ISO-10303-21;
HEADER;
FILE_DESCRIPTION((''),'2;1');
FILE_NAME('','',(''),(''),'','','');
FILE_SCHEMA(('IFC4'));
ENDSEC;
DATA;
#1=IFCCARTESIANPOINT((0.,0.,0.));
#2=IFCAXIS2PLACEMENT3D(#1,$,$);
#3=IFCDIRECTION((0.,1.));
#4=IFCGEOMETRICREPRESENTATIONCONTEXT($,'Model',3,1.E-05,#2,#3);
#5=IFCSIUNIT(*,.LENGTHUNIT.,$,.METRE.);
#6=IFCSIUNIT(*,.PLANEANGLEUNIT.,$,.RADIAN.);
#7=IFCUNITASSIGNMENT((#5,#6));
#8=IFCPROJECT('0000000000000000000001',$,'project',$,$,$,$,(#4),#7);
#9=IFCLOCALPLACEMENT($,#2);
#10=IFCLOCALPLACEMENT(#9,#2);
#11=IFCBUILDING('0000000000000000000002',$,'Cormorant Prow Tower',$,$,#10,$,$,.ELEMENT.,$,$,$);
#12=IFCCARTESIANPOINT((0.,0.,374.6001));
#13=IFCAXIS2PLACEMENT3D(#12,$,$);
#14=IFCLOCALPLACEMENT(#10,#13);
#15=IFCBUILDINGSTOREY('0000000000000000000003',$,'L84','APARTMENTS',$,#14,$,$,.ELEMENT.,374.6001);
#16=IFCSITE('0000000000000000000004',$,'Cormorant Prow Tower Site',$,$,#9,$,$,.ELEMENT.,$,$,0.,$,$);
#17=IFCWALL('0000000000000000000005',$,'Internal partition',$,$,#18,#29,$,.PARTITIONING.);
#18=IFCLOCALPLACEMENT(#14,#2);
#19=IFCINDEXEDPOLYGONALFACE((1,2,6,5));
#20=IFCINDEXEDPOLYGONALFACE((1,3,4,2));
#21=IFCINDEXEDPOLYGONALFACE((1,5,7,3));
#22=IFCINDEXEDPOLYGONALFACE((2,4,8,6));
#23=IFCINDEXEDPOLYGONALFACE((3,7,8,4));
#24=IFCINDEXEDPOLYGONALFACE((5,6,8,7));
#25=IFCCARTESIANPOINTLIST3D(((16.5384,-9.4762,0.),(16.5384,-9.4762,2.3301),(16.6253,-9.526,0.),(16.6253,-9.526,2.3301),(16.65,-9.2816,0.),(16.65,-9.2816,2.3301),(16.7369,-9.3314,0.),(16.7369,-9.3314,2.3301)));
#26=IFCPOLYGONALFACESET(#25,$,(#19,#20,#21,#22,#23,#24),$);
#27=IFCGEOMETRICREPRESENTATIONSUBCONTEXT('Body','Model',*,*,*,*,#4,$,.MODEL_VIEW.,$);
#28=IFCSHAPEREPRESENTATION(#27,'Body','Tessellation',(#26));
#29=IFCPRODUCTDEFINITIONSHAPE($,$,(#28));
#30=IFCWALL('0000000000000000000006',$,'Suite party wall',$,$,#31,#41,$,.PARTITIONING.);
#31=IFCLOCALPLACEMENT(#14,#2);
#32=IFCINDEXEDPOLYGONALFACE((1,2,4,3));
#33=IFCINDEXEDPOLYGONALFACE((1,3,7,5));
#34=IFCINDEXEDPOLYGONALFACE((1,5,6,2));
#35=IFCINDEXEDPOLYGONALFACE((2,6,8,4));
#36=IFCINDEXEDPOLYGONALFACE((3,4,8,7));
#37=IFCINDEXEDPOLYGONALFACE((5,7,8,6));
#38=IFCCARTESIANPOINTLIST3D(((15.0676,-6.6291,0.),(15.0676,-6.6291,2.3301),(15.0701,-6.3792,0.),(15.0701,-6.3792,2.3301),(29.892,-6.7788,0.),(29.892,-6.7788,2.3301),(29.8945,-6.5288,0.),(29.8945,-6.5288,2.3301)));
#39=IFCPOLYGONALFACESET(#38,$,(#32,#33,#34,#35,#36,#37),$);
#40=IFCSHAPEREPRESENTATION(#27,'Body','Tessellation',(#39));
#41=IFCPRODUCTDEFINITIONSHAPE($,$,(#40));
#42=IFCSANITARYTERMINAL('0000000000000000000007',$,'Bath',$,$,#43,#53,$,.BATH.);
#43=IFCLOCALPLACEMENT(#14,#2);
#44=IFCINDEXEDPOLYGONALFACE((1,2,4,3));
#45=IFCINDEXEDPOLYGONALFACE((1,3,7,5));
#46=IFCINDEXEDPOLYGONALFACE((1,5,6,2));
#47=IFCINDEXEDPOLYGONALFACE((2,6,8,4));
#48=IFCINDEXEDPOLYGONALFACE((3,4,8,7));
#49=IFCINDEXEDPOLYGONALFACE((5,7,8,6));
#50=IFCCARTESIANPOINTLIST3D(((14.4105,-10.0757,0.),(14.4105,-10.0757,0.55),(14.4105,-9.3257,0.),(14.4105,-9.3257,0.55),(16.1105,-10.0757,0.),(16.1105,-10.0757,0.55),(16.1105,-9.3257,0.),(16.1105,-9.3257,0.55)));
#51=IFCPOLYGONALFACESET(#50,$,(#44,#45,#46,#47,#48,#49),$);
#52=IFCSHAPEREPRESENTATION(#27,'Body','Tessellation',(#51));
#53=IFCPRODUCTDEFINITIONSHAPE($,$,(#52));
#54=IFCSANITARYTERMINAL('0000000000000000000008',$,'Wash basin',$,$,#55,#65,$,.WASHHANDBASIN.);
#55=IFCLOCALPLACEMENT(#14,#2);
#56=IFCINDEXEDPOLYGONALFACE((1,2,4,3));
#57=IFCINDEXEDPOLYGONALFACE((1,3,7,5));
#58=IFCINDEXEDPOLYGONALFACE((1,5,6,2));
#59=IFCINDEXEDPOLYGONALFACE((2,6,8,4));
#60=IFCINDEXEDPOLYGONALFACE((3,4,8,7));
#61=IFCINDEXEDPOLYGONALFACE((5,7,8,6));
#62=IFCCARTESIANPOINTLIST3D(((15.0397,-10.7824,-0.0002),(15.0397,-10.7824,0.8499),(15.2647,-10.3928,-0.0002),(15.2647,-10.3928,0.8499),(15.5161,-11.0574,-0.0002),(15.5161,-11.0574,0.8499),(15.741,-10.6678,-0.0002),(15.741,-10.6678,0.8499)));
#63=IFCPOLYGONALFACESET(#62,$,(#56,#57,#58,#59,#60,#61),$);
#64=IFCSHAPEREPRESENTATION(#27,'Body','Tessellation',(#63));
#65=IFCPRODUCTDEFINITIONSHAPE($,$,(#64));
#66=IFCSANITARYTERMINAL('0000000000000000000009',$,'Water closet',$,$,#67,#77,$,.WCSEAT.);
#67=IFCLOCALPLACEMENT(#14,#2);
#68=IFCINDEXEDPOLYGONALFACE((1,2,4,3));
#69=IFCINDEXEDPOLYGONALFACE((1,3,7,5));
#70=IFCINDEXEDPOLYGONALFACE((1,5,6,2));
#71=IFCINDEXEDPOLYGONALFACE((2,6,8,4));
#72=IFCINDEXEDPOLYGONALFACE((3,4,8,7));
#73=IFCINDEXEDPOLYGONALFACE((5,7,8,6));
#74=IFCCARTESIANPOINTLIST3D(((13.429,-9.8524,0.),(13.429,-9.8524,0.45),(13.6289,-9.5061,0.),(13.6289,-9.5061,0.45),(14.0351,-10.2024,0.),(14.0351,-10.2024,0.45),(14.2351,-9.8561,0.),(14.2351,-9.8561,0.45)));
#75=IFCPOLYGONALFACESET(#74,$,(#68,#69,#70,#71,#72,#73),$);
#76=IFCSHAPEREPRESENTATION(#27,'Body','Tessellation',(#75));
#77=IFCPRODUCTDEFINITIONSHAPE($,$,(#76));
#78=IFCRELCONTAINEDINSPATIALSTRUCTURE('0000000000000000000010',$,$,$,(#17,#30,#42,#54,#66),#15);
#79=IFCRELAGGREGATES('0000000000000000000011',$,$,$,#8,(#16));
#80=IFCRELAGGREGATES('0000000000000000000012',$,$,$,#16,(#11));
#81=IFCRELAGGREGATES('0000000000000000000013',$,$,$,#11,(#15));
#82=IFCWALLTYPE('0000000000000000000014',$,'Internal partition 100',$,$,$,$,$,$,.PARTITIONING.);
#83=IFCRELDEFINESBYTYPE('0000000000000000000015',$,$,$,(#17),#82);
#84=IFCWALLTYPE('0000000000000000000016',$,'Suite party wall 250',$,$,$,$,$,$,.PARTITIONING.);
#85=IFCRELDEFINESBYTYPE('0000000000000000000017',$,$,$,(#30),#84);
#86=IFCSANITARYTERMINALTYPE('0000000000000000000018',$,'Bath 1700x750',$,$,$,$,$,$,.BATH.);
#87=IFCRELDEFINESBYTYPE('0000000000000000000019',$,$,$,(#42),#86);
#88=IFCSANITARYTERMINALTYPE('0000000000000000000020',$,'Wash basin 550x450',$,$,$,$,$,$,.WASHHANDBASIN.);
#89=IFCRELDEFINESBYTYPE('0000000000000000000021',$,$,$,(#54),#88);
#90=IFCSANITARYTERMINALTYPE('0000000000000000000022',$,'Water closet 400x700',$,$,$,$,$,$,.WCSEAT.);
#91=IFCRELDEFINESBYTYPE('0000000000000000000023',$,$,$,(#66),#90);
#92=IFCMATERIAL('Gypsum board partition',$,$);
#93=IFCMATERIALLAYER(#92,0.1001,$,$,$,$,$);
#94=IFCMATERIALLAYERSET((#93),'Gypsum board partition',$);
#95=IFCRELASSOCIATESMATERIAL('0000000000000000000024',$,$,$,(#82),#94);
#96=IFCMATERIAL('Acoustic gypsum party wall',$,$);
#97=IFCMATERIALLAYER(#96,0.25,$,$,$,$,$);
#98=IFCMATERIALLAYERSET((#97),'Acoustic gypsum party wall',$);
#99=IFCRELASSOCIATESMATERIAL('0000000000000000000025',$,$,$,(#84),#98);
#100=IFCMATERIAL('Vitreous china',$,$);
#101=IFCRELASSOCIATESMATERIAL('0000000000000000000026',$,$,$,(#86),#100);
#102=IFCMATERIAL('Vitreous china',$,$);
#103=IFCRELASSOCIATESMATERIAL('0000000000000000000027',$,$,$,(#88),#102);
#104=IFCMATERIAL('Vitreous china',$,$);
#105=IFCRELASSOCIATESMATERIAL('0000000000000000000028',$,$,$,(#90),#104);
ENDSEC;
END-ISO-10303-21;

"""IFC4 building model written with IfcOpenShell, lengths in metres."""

from ifc_helpers import new_model, si_unit, direction, frame, frame_2d, origin, origin_2d, place, context, subcontext, project, spatial, rectangle, extrude, material, layer, layer_set, type_object, element, save


model = new_model("IFC4")

# Units and contexts
model_context = context("Model", 3, precision=1e-05, world=origin(), true_north=direction((0.0, 1.0)))
body_context = subcontext(model_context, "Body", "Model", "MODEL_VIEW")
ifc_project = project(units=[si_unit("LENGTHUNIT", "METRE"), si_unit("PLANEANGLEUNIT", "RADIAN")], contexts=[model_context])

# Site, building, storey
site_placement = place(None, origin())
site = spatial("IfcSite", under=ifc_project, at=site_placement, Name="Cormorant Prow Tower Site", CompositionType="ELEMENT", RefElevation=0.0)
building_placement = place(site_placement, origin())
building = spatial("IfcBuilding", under=site, at=building_placement, Name="Cormorant Prow Tower", CompositionType="ELEMENT")
storey_placement = place(building_placement, frame((0.0, 0.0, 374.6001)))
storey = spatial("IfcBuildingStorey", under=building, at=storey_placement, Name="L84", Description="APARTMENTS", CompositionType="ELEMENT", Elevation=374.6001)

# Shared definitions
ifc_material_1 = material(Name="Gypsum board partition")
ifc_layer_1 = layer(ifc_material_1, 0.1001)
ifc_layer_set_1 = layer_set([ifc_layer_1], Name="Gypsum board partition")
wall_type_1 = type_object("IfcWallType", Name="Internal partition 100", PredefinedType="PARTITIONING", material=ifc_layer_set_1)

# Walls
wall_1_placement = place(storey_placement, frame((16.5818, -9.5012, 0.0), z_axis=(0.0, 0.0, 1.0), x_axis=(0.497428, 0.867505, 0.0)))
element("IfcWall", 1, at=wall_1_placement, inside=storey, type_object=wall_type_1, Name="Internal partition", PredefinedType="PARTITIONING", context=body_context, shape_type="SweptSolid", body=[
    extrude(rectangle(XDim=0.2244, YDim=0.1001, at=frame_2d((0.1123, 0.0))), origin(), (0.0, 0.0, 1.0), 2.3301),
])
ifc_material_2 = material(Name="Acoustic gypsum party wall")
ifc_layer_2 = layer(ifc_material_2, 0.25)
ifc_layer_set_2 = layer_set([ifc_layer_2], Name="Acoustic gypsum party wall")
wall_type_2 = type_object("IfcWallType", Name="Suite party wall 250", PredefinedType="PARTITIONING", material=ifc_layer_set_2)
wall_2_placement = place(storey_placement, frame((15.0688, -6.5042, 0.0), z_axis=(0.0, 0.0, 1.0), x_axis=(0.999949, -0.010095, 0.0)))
element("IfcWall", 2, at=wall_2_placement, inside=storey, type_object=wall_type_2, Name="Suite party wall", PredefinedType="PARTITIONING", context=body_context, shape_type="SweptSolid", body=[
    extrude(rectangle(XDim=14.8252, YDim=0.25, at=frame_2d((7.4126, 0.0))), origin(), (0.0, 0.0, 1.0), 2.3301),
])

# Sanitary terminals
ifc_material_3 = material(Name="Vitreous china")
sanitary_terminal_type_1 = type_object("IfcSanitaryTerminalType", Name="Bath 1700x750", PredefinedType="BATH", material=ifc_material_3)
sanitary_terminal_1_placement = place(storey_placement, frame((15.2605, -9.7007, 0.0), z_axis=(0.0, 0.0, 1.0), x_axis=(1.0, 0.0, 0.0)))
element("IfcSanitaryTerminal", 3, at=sanitary_terminal_1_placement, inside=storey, type_object=sanitary_terminal_type_1, Name="Bath", PredefinedType="BATH", context=body_context, shape_type="SweptSolid", body=[
    extrude(rectangle(XDim=1.7, YDim=0.75, at=origin_2d()), origin(), (0.0, 0.0, 1.0), 0.55),
])
ifc_material_4 = material(Name="Vitreous china")
sanitary_terminal_type_2 = type_object("IfcSanitaryTerminalType", Name="Wash basin 550x450", PredefinedType="WASHHANDBASIN", material=ifc_material_4)
sanitary_terminal_2_placement = place(storey_placement, frame((15.3904, -10.7251, -0.0002), z_axis=(0.0, 0.0, 1.0), x_axis=(-0.866025, 0.5, 0.0)))
element("IfcSanitaryTerminal", 4, at=sanitary_terminal_2_placement, inside=storey, type_object=sanitary_terminal_type_2, Name="Wash basin", PredefinedType="WASHHANDBASIN", context=body_context, shape_type="SweptSolid", body=[
    extrude(rectangle(XDim=0.55, YDim=0.45, at=origin_2d()), origin(), (0.0, 0.0, 1.0), 0.8501),
])
ifc_material_5 = material(Name="Vitreous china")
sanitary_terminal_type_3 = type_object("IfcSanitaryTerminalType", Name="Water closet 400x700", PredefinedType="WCSEAT", material=ifc_material_5)
sanitary_terminal_3_placement = place(storey_placement, frame((13.832, -9.8542, 0.0), z_axis=(0.0, 0.0, 1.0), x_axis=(0.5, 0.866025, 0.0)))
element("IfcSanitaryTerminal", 5, at=sanitary_terminal_3_placement, inside=storey, type_object=sanitary_terminal_type_3, Name="Water closet", PredefinedType="WCSEAT", context=body_context, shape_type="SweptSolid", body=[
    extrude(rectangle(XDim=0.3999, YDim=0.7, at=origin_2d()), origin(), (0.0, 0.0, 1.0), 0.45),
])

save(model, "model.ifc")
